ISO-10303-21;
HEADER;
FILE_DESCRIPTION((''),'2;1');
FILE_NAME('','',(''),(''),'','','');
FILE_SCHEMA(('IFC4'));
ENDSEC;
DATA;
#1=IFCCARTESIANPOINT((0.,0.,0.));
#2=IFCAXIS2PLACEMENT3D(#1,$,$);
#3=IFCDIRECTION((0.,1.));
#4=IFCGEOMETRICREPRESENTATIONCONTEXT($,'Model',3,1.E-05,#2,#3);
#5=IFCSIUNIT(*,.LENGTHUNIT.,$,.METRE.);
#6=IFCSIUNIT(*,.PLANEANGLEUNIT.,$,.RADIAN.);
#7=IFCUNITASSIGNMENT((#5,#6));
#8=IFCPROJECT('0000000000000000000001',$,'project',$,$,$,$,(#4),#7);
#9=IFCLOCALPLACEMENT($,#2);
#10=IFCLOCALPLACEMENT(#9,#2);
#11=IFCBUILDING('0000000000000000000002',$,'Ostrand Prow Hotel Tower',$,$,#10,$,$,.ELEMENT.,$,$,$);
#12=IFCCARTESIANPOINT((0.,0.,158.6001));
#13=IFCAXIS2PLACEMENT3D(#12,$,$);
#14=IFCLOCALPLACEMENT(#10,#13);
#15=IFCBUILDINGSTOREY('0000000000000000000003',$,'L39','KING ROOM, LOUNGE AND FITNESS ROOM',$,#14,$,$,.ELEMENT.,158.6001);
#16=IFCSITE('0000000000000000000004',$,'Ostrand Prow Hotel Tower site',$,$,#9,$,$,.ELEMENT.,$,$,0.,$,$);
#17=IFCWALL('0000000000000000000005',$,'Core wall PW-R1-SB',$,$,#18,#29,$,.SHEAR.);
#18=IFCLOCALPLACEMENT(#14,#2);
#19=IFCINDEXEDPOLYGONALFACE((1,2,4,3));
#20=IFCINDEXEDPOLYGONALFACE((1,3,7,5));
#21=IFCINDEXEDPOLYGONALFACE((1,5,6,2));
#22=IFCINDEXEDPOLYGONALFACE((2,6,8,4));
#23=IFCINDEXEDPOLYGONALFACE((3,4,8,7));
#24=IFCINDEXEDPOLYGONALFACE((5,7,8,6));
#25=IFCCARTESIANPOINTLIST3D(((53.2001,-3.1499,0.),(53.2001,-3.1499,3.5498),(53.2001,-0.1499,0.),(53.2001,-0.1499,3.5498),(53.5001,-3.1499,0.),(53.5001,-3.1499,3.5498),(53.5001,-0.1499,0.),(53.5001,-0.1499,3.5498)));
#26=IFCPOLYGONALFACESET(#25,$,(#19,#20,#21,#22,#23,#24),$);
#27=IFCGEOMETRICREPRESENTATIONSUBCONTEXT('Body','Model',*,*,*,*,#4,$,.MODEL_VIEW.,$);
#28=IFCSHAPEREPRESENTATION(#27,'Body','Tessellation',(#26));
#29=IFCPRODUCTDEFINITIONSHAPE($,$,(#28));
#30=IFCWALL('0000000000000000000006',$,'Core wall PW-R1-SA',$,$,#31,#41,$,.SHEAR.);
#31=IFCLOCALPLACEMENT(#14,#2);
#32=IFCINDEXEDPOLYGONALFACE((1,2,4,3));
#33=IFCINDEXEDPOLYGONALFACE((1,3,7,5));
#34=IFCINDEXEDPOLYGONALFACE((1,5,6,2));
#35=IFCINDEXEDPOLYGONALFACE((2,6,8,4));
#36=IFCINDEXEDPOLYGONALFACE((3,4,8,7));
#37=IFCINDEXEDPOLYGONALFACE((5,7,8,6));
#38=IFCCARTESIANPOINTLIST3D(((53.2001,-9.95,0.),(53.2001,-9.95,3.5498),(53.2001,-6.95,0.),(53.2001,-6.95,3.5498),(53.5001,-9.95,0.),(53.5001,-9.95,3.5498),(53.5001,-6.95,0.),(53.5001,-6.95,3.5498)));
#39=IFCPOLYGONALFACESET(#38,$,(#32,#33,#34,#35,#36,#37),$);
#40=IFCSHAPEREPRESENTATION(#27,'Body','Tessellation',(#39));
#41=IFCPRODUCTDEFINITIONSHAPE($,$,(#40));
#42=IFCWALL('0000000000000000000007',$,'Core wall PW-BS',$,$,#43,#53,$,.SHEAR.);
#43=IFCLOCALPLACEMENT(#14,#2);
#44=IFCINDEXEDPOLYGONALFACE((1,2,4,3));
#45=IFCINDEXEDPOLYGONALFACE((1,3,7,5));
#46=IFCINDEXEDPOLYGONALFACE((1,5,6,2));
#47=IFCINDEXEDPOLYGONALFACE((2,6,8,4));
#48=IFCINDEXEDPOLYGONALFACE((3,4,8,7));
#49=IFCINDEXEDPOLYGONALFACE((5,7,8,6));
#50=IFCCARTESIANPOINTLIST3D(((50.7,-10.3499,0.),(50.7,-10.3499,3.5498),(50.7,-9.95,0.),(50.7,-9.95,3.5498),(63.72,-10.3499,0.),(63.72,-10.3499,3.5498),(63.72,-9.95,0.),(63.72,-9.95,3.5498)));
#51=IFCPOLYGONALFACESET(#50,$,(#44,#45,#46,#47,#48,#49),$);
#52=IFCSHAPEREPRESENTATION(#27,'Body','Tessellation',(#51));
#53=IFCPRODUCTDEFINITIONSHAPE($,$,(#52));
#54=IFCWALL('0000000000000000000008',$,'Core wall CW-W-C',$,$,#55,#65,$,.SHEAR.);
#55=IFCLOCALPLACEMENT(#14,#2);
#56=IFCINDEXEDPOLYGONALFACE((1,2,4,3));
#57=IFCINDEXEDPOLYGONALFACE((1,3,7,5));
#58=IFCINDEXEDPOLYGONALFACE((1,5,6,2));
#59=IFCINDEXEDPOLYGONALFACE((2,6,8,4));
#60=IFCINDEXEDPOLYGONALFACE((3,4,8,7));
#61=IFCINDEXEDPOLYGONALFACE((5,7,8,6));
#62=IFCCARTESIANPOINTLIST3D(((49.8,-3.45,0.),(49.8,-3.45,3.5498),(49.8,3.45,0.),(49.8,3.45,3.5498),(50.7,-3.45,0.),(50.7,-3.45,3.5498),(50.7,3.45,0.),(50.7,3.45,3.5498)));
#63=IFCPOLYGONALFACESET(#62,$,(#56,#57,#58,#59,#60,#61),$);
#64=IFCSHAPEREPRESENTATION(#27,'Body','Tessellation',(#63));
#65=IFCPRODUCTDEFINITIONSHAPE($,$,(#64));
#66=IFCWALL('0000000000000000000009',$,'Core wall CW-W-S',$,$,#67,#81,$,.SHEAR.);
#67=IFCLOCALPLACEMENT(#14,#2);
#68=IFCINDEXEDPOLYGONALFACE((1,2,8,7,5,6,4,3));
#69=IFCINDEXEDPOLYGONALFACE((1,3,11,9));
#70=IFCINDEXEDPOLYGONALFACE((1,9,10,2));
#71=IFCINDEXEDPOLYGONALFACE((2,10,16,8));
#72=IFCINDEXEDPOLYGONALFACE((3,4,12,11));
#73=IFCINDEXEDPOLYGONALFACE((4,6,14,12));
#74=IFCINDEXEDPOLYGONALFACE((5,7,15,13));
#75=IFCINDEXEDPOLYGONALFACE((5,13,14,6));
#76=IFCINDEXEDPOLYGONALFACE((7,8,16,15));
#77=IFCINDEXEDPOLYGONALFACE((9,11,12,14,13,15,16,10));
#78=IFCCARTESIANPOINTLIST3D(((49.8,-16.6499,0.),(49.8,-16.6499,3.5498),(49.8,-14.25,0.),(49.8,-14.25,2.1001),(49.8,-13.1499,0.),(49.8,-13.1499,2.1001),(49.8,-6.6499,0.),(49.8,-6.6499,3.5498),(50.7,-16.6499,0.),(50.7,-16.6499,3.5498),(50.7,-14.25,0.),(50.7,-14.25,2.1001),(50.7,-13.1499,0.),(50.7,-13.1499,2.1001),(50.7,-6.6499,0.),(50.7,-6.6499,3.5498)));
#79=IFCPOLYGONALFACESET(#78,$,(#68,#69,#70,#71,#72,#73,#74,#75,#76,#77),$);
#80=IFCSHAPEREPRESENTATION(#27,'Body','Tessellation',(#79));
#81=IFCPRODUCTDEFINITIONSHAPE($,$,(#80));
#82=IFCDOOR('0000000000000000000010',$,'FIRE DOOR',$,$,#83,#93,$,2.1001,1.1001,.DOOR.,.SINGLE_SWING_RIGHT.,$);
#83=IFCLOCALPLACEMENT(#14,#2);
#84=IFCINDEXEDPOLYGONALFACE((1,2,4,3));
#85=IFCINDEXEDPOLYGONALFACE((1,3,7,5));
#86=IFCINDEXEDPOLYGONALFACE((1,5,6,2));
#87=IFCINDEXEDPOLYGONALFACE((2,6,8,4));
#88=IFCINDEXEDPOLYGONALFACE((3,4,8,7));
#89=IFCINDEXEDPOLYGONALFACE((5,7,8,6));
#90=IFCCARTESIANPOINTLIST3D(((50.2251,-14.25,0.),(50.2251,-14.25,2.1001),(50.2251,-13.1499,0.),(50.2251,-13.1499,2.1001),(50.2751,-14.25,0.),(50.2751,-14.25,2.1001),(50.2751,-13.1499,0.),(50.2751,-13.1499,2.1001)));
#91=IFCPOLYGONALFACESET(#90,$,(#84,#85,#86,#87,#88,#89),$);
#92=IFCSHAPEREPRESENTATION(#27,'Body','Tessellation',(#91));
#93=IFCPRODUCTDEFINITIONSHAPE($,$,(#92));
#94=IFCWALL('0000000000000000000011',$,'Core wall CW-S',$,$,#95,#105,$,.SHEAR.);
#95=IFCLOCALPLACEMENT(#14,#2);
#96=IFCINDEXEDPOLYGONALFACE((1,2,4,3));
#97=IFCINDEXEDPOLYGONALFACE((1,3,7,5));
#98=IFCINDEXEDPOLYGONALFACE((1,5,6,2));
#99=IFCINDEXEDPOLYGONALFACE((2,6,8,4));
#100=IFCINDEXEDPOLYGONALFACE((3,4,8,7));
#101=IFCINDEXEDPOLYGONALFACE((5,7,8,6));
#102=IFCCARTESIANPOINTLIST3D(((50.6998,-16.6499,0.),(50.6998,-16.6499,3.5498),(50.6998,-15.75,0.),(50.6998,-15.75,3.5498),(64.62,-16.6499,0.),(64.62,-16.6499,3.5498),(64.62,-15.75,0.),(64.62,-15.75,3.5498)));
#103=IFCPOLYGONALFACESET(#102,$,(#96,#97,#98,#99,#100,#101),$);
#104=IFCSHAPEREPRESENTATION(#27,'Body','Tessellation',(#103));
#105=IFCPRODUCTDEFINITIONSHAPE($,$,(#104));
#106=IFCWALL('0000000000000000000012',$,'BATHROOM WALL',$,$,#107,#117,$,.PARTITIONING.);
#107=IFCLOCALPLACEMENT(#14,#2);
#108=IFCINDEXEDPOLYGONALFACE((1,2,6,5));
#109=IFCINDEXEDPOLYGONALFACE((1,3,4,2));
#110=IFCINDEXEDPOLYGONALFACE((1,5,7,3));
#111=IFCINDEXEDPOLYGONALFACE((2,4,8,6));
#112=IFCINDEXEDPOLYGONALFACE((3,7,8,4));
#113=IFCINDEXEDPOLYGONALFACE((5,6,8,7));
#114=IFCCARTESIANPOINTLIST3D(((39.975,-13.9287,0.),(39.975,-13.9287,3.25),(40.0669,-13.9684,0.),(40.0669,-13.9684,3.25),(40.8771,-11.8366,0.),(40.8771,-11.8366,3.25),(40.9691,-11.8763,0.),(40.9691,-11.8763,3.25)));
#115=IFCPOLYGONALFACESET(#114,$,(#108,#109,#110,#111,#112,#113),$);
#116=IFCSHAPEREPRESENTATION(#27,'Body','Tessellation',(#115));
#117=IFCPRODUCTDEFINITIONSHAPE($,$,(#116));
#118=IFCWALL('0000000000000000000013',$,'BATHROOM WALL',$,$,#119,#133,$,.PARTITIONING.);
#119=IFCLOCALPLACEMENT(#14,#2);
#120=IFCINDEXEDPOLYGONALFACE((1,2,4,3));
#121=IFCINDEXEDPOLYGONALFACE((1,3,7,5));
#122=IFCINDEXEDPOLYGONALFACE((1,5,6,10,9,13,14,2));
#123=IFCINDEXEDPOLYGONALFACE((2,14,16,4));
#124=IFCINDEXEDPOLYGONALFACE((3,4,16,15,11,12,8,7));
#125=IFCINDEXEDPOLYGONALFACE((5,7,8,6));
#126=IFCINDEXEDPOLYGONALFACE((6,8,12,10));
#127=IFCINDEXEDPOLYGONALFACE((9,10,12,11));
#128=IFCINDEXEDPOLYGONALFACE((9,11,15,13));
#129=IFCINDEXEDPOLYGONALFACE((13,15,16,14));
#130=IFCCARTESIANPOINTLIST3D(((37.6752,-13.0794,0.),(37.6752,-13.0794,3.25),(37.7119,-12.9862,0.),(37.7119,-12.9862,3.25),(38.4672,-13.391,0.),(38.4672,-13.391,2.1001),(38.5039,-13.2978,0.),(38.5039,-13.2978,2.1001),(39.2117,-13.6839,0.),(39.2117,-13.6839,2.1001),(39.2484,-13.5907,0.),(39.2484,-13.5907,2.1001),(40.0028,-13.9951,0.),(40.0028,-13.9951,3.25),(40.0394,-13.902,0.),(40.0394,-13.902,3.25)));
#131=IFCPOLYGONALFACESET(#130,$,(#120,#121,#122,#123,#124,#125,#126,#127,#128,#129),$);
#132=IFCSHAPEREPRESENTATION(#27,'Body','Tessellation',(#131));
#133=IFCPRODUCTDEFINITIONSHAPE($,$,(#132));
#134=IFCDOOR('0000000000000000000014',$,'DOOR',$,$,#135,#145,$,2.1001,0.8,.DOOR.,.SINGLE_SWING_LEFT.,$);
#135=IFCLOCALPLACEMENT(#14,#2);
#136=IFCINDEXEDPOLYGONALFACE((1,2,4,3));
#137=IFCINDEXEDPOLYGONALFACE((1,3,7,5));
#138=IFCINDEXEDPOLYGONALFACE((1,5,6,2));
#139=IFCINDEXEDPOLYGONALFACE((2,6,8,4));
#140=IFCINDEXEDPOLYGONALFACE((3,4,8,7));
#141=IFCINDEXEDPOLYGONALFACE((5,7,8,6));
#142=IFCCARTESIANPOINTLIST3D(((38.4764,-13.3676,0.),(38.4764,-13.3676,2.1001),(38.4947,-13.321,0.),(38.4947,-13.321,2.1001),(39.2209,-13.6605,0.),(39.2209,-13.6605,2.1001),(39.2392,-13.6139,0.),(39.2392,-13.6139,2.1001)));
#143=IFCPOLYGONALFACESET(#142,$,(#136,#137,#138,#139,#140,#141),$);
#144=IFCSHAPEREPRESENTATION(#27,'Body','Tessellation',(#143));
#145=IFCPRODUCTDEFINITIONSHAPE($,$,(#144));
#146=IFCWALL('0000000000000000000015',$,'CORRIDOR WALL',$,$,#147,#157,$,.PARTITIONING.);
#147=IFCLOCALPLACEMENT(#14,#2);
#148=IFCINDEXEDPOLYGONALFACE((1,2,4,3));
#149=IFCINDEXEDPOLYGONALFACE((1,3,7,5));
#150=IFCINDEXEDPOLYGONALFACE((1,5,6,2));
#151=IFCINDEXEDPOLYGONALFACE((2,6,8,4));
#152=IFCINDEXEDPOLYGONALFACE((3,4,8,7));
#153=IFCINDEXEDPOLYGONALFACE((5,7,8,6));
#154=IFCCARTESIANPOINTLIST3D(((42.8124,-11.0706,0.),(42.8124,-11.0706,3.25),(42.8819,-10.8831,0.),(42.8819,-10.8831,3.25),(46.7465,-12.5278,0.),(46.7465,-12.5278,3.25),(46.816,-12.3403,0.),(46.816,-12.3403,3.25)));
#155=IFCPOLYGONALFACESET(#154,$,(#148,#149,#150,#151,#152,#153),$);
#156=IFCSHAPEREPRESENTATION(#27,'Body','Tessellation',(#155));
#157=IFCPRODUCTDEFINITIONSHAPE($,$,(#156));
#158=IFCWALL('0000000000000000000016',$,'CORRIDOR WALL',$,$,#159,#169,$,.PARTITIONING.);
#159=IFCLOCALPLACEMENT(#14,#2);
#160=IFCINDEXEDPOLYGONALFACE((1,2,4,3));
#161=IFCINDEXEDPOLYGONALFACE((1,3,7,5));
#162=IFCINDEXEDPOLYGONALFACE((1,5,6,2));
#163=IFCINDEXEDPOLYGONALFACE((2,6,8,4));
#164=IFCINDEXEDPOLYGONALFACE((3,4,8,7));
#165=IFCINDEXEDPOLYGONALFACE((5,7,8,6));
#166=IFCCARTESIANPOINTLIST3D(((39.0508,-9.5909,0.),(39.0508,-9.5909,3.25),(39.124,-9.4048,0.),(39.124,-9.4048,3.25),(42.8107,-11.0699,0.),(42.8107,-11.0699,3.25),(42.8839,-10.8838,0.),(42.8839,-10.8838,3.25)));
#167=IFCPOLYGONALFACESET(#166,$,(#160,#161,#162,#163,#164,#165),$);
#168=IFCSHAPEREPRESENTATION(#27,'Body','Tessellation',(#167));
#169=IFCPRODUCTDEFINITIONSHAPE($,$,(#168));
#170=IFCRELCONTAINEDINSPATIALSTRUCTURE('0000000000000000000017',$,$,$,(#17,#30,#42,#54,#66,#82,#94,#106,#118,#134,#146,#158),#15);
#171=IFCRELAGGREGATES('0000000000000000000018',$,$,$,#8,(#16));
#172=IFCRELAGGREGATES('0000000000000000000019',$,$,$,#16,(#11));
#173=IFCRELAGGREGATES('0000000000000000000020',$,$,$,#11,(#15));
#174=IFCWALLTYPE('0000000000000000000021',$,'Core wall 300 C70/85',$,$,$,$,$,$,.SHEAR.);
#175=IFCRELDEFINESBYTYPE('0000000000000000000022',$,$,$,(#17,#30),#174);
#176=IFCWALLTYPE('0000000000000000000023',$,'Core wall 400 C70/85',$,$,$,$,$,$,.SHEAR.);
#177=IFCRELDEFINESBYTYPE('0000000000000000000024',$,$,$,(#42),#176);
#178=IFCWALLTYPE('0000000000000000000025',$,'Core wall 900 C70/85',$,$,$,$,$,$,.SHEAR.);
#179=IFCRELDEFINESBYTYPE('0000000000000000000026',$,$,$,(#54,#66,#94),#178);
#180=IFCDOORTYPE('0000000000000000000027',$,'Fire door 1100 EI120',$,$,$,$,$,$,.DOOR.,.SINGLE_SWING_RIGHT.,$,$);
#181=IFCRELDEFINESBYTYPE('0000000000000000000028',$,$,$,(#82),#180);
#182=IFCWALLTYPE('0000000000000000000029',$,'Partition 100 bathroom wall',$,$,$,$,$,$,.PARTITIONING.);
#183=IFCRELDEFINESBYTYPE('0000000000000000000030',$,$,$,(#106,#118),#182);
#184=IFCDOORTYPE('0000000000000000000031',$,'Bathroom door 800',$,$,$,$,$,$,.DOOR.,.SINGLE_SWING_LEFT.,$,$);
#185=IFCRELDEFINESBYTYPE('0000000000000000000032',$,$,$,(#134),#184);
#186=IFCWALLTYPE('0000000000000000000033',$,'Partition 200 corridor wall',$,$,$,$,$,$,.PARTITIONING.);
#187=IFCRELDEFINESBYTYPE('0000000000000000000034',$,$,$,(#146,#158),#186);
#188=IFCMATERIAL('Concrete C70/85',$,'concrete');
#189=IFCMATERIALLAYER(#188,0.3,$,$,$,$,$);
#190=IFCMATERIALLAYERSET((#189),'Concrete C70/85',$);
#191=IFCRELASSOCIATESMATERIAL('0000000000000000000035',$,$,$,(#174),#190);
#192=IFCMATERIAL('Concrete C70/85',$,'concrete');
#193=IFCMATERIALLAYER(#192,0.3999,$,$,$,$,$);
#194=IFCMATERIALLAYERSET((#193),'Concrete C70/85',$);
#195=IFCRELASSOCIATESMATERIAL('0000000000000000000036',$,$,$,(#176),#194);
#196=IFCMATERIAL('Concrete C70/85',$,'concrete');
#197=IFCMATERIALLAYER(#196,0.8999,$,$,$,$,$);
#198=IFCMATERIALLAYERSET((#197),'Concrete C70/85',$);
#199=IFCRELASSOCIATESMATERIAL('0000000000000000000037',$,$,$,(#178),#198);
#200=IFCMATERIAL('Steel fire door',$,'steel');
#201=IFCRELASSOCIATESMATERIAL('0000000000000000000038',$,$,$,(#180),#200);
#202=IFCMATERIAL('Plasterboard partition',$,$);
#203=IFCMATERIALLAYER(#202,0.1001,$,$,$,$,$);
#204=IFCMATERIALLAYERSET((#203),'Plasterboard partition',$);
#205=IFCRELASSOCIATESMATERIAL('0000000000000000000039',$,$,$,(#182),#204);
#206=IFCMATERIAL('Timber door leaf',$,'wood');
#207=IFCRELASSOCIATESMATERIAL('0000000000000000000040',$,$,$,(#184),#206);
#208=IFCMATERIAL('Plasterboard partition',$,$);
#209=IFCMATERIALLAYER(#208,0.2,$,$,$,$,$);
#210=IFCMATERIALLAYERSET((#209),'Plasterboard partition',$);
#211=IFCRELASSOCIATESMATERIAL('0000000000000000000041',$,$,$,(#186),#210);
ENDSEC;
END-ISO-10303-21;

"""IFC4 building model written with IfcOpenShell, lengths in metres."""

from ifc_helpers import new_model, si_unit, direction, frame, frame_2d, origin, place, context, subcontext, project, spatial, rectangle, extrude, material, layer, layer_set, type_object, element, fill, save


model = new_model("IFC4")

# Units and contexts
model_context = context("Model", 3, precision=1e-05, world=origin(), true_north=direction((0.0, 1.0)))
body_context = subcontext(model_context, "Body", "Model", "MODEL_VIEW")
ifc_project = project(units=[si_unit("LENGTHUNIT", "METRE"), si_unit("PLANEANGLEUNIT", "RADIAN")], contexts=[model_context])

# Site, building, storey
site_placement = place(None, origin())
site = spatial("IfcSite", under=ifc_project, at=site_placement, Name="Ostrand Prow Hotel Tower site", CompositionType="ELEMENT", RefElevation=0.0)
building_placement = place(site_placement, origin())
building = spatial("IfcBuilding", under=site, at=building_placement, Name="Ostrand Prow Hotel Tower", CompositionType="ELEMENT")
storey_placement = place(building_placement, frame((0.0, 0.0, 158.6001)))
storey = spatial("IfcBuildingStorey", under=building, at=storey_placement, Name="L39", Description="KING ROOM, LOUNGE AND FITNESS ROOM", CompositionType="ELEMENT", Elevation=158.6001)

# Shared definitions
ifc_material_1 = material(Name="Concrete C70/85", Category="concrete")
ifc_layer_1 = layer(ifc_material_1, 0.3)
ifc_layer_set_1 = layer_set([ifc_layer_1], Name="Concrete C70/85")
wall_type_1 = type_object("IfcWallType", Name="Core wall 300 C70/85", PredefinedType="SHEAR", material=ifc_layer_set_1)

# Walls
for number, where, z_axis, x_axis, name in (
    (1, (53.3501, -3.1499, 0.0), (0.0, 0.0, 1.0), (0.0, 1.0, 0.0), "Core wall PW-R1-SB"),
    (2, (53.3501, -9.95, 0.0), (0.0, 0.0, 1.0), (0.0, 1.0, 0.0), "Core wall PW-R1-SA"),
):
    element("IfcWall", number, at=place(storey_placement, frame(where, z_axis=z_axis, x_axis=x_axis)), inside=storey, type_object=wall_type_1, Name=name, PredefinedType="SHEAR", context=body_context, shape_type="SweptSolid", body=[
        extrude(rectangle(XDim=3.0, YDim=0.3, at=frame_2d((1.5, 0.0))), origin(), (0.0, 0.0, 1.0), 3.5498),
    ])
ifc_material_2 = material(Name="Concrete C70/85", Category="concrete")
ifc_layer_2 = layer(ifc_material_2, 0.3999)
ifc_layer_set_2 = layer_set([ifc_layer_2], Name="Concrete C70/85")
wall_type_2 = type_object("IfcWallType", Name="Core wall 400 C70/85", PredefinedType="SHEAR", material=ifc_layer_set_2)
wall_1_placement = place(storey_placement, frame((50.7, -10.1499, 0.0), z_axis=(0.0, 0.0, 1.0), x_axis=(1.0, 0.0, 0.0)))
element("IfcWall", 3, at=wall_1_placement, inside=storey, type_object=wall_type_2, Name="Core wall PW-BS", PredefinedType="SHEAR", context=body_context, shape_type="SweptSolid", body=[
    extrude(rectangle(XDim=13.02, YDim=0.3999, at=frame_2d((6.51, 0.0))), origin(), (0.0, 0.0, 1.0), 3.5498),
])
ifc_material_3 = material(Name="Concrete C70/85", Category="concrete")
ifc_layer_3 = layer(ifc_material_3, 0.8999)
ifc_layer_set_3 = layer_set([ifc_layer_3], Name="Concrete C70/85")
wall_type_3 = type_object("IfcWallType", Name="Core wall 900 C70/85", PredefinedType="SHEAR", material=ifc_layer_set_3)
wall_2_placement = place(storey_placement, frame((50.25, -3.45, 0.0), z_axis=(0.0, 0.0, 1.0), x_axis=(0.0, 1.0, 0.0)))
element("IfcWall", 4, at=wall_2_placement, inside=storey, type_object=wall_type_3, Name="Core wall CW-W-C", PredefinedType="SHEAR", context=body_context, shape_type="SweptSolid", body=[
    extrude(rectangle(XDim=6.8999, YDim=0.8999, at=frame_2d((3.45, 0.0))), origin(), (0.0, 0.0, 1.0), 3.5498),
])

# Wall, opening, door
wall_3_placement = place(storey_placement, frame((50.25, -16.6499, 0.0), z_axis=(0.0, 0.0, 1.0), x_axis=(0.0, 1.0, 0.0)))
wall_3 = element("IfcWall", 5, at=wall_3_placement, inside=storey, type_object=wall_type_3, Name="Core wall CW-W-S", PredefinedType="SHEAR", context=body_context, shape_type="SweptSolid", body=[
    extrude(rectangle(XDim=10.0, YDim=0.8999, at=frame_2d((5.0, 0.0))), origin(), (0.0, 0.0, 1.0), 3.5498),
])
opening_1_placement = place(wall_3_placement, frame((2.3999, 0.0, 0.0)))
opening_1 = element("IfcOpeningElement", 6, at=opening_1_placement, cuts=wall_3, PredefinedType="OPENING", context=body_context, shape_type="SweptSolid", body=[
    extrude(rectangle(XDim=1.1001, YDim=2.1001, at=frame_2d((0.55, 1.05))), frame((0.0, 0.46, 0.0), z_axis=(0.0, -1.0, 0.0), x_axis=(1.0, 0.0, 0.0)), (0.0, 0.0, 1.0), 0.9199),
])
ifc_material_4 = material(Name="Steel fire door", Category="steel")
door_type_1 = type_object("IfcDoorType", Name="Fire door 1100 EI120", OperationType="SINGLE_SWING_RIGHT", PredefinedType="DOOR", material=ifc_material_4)
door_1_placement = place(opening_1_placement, origin())
door_1 = element("IfcDoor", 7, at=door_1_placement, inside=storey, type_object=door_type_1, Name="FIRE DOOR", OperationType="SINGLE_SWING_RIGHT", OverallHeight=2.1001, OverallWidth=1.1001, PredefinedType="DOOR", context=body_context, shape_type="SweptSolid", body=[
    extrude(rectangle(XDim=1.1001, YDim=2.1001, at=frame_2d((0.55, 1.05))), frame((0.0, 0.0249, 0.0), z_axis=(0.0, -1.0, 0.0), x_axis=(1.0, 0.0, 0.0)), (0.0, 0.0, 1.0), 0.05),
])
fill(opening_1, door_1)

# Walls
wall_4_placement = place(storey_placement, frame((50.7, -16.2, 0.0), z_axis=(0.0, 0.0, 1.0), x_axis=(1.0, 0.0, 0.0)))
element("IfcWall", 8, at=wall_4_placement, inside=storey, type_object=wall_type_3, Name="Core wall CW-S", PredefinedType="SHEAR", context=body_context, shape_type="SweptSolid", body=[
    extrude(rectangle(XDim=13.9202, YDim=0.8999, at=frame_2d((6.96, 0.0))), origin(), (0.0, 0.0, 1.0), 3.5498),
])
ifc_material_5 = material(Name="Plasterboard partition")
ifc_layer_4 = layer(ifc_material_5, 0.1001)
ifc_layer_set_4 = layer_set([ifc_layer_4], Name="Plasterboard partition")
wall_type_4 = type_object("IfcWallType", Name="Partition 100 bathroom wall", PredefinedType="PARTITIONING", material=ifc_layer_set_4)
wall_5_placement = place(storey_placement, frame((40.9231, -11.8564, 0.0), z_axis=(0.0, 0.0, 1.0), x_axis=(-0.395962, -0.918267, 0.0)))
element("IfcWall", 9, at=wall_5_placement, inside=storey, type_object=wall_type_4, Name="BATHROOM WALL", PredefinedType="PARTITIONING", context=body_context, shape_type="SweptSolid", body=[
    extrude(rectangle(XDim=2.2783, YDim=0.1001, at=frame_2d((1.1392, 0.0))), origin(), (0.0, 0.0, 1.0), 3.25),
])

# Wall, opening, door
wall_6_placement = place(storey_placement, frame((40.021, -13.9485, 0.0), z_axis=(0.0, 0.0, 1.0), x_axis=(-0.930569, 0.366117, 0.0)))
wall_6 = element("IfcWall", 10, at=wall_6_placement, inside=storey, type_object=wall_type_4, Name="BATHROOM WALL", PredefinedType="PARTITIONING", context=body_context, shape_type="SweptSolid", body=[
    extrude(rectangle(XDim=2.5012, YDim=0.1001, at=frame_2d((1.2505, 0.0))), origin(), (0.0, 0.0, 1.0), 3.25),
])
opening_2_placement = place(wall_6_placement, frame((0.8501, 0.0, 0.0)))
opening_2 = element("IfcOpeningElement", 11, at=opening_2_placement, cuts=wall_6, PredefinedType="OPENING", context=body_context, shape_type="SweptSolid", body=[
    extrude(rectangle(XDim=0.8, YDim=2.1001, at=frame_2d((0.3999, 1.05))), frame((0.0, 0.0601, 0.0), z_axis=(0.0, -1.0, 0.0), x_axis=(1.0, 0.0, 0.0)), (0.0, 0.0, 1.0), 0.1201),
])
ifc_material_6 = material(Name="Timber door leaf", Category="wood")
door_type_2 = type_object("IfcDoorType", Name="Bathroom door 800", OperationType="SINGLE_SWING_LEFT", PredefinedType="DOOR", material=ifc_material_6)
door_2_placement = place(opening_2_placement, origin())
door_2 = element("IfcDoor", 12, at=door_2_placement, inside=storey, type_object=door_type_2, Name="DOOR", OperationType="SINGLE_SWING_LEFT", OverallHeight=2.1001, OverallWidth=0.8, PredefinedType="DOOR", context=body_context, shape_type="SweptSolid", body=[
    extrude(rectangle(XDim=0.8, YDim=2.1001, at=frame_2d((0.3999, 1.05))), frame((0.0, 0.0249, 0.0), z_axis=(0.0, -1.0, 0.0), x_axis=(1.0, 0.0, 0.0)), (0.0, 0.0, 1.0), 0.05),
])
fill(opening_2, door_2)

# Walls
ifc_material_7 = material(Name="Plasterboard partition")
ifc_layer_5 = layer(ifc_material_7, 0.2)
ifc_layer_set_5 = layer_set([ifc_layer_5], Name="Plasterboard partition")
wall_type_5 = type_object("IfcWallType", Name="Partition 200 corridor wall", PredefinedType="PARTITIONING", material=ifc_layer_set_5)
wall_7_placement = place(storey_placement, frame((46.7812, -12.4341, 0.0), z_axis=(0.0, 0.0, 1.0), x_axis=(-0.937733, 0.347358, 0.0)))
element("IfcWall", 13, at=wall_7_placement, inside=storey, type_object=wall_type_5, Name="CORRIDOR WALL", PredefinedType="PARTITIONING", context=body_context, shape_type="SweptSolid", body=[
    extrude(rectangle(XDim=4.1953, YDim=0.2, at=frame_2d((2.0977, 0.0))), origin(), (0.0, 0.0, 1.0), 3.25),
])
wall_8_placement = place(storey_placement, frame((42.8472, -10.9768, 0.0), z_axis=(0.0, 0.0, 1.0), x_axis=(-0.930587, 0.366071, 0.0)))
element("IfcWall", 14, at=wall_8_placement, inside=storey, type_object=wall_type_5, Name="CORRIDOR WALL", PredefinedType="PARTITIONING", context=body_context, shape_type="SweptSolid", body=[
    extrude(rectangle(XDim=4.0403, YDim=0.2, at=frame_2d((2.02, 0.0))), origin(), (0.0, 0.0, 1.0), 3.25),
])

save(model, "model.ifc")
